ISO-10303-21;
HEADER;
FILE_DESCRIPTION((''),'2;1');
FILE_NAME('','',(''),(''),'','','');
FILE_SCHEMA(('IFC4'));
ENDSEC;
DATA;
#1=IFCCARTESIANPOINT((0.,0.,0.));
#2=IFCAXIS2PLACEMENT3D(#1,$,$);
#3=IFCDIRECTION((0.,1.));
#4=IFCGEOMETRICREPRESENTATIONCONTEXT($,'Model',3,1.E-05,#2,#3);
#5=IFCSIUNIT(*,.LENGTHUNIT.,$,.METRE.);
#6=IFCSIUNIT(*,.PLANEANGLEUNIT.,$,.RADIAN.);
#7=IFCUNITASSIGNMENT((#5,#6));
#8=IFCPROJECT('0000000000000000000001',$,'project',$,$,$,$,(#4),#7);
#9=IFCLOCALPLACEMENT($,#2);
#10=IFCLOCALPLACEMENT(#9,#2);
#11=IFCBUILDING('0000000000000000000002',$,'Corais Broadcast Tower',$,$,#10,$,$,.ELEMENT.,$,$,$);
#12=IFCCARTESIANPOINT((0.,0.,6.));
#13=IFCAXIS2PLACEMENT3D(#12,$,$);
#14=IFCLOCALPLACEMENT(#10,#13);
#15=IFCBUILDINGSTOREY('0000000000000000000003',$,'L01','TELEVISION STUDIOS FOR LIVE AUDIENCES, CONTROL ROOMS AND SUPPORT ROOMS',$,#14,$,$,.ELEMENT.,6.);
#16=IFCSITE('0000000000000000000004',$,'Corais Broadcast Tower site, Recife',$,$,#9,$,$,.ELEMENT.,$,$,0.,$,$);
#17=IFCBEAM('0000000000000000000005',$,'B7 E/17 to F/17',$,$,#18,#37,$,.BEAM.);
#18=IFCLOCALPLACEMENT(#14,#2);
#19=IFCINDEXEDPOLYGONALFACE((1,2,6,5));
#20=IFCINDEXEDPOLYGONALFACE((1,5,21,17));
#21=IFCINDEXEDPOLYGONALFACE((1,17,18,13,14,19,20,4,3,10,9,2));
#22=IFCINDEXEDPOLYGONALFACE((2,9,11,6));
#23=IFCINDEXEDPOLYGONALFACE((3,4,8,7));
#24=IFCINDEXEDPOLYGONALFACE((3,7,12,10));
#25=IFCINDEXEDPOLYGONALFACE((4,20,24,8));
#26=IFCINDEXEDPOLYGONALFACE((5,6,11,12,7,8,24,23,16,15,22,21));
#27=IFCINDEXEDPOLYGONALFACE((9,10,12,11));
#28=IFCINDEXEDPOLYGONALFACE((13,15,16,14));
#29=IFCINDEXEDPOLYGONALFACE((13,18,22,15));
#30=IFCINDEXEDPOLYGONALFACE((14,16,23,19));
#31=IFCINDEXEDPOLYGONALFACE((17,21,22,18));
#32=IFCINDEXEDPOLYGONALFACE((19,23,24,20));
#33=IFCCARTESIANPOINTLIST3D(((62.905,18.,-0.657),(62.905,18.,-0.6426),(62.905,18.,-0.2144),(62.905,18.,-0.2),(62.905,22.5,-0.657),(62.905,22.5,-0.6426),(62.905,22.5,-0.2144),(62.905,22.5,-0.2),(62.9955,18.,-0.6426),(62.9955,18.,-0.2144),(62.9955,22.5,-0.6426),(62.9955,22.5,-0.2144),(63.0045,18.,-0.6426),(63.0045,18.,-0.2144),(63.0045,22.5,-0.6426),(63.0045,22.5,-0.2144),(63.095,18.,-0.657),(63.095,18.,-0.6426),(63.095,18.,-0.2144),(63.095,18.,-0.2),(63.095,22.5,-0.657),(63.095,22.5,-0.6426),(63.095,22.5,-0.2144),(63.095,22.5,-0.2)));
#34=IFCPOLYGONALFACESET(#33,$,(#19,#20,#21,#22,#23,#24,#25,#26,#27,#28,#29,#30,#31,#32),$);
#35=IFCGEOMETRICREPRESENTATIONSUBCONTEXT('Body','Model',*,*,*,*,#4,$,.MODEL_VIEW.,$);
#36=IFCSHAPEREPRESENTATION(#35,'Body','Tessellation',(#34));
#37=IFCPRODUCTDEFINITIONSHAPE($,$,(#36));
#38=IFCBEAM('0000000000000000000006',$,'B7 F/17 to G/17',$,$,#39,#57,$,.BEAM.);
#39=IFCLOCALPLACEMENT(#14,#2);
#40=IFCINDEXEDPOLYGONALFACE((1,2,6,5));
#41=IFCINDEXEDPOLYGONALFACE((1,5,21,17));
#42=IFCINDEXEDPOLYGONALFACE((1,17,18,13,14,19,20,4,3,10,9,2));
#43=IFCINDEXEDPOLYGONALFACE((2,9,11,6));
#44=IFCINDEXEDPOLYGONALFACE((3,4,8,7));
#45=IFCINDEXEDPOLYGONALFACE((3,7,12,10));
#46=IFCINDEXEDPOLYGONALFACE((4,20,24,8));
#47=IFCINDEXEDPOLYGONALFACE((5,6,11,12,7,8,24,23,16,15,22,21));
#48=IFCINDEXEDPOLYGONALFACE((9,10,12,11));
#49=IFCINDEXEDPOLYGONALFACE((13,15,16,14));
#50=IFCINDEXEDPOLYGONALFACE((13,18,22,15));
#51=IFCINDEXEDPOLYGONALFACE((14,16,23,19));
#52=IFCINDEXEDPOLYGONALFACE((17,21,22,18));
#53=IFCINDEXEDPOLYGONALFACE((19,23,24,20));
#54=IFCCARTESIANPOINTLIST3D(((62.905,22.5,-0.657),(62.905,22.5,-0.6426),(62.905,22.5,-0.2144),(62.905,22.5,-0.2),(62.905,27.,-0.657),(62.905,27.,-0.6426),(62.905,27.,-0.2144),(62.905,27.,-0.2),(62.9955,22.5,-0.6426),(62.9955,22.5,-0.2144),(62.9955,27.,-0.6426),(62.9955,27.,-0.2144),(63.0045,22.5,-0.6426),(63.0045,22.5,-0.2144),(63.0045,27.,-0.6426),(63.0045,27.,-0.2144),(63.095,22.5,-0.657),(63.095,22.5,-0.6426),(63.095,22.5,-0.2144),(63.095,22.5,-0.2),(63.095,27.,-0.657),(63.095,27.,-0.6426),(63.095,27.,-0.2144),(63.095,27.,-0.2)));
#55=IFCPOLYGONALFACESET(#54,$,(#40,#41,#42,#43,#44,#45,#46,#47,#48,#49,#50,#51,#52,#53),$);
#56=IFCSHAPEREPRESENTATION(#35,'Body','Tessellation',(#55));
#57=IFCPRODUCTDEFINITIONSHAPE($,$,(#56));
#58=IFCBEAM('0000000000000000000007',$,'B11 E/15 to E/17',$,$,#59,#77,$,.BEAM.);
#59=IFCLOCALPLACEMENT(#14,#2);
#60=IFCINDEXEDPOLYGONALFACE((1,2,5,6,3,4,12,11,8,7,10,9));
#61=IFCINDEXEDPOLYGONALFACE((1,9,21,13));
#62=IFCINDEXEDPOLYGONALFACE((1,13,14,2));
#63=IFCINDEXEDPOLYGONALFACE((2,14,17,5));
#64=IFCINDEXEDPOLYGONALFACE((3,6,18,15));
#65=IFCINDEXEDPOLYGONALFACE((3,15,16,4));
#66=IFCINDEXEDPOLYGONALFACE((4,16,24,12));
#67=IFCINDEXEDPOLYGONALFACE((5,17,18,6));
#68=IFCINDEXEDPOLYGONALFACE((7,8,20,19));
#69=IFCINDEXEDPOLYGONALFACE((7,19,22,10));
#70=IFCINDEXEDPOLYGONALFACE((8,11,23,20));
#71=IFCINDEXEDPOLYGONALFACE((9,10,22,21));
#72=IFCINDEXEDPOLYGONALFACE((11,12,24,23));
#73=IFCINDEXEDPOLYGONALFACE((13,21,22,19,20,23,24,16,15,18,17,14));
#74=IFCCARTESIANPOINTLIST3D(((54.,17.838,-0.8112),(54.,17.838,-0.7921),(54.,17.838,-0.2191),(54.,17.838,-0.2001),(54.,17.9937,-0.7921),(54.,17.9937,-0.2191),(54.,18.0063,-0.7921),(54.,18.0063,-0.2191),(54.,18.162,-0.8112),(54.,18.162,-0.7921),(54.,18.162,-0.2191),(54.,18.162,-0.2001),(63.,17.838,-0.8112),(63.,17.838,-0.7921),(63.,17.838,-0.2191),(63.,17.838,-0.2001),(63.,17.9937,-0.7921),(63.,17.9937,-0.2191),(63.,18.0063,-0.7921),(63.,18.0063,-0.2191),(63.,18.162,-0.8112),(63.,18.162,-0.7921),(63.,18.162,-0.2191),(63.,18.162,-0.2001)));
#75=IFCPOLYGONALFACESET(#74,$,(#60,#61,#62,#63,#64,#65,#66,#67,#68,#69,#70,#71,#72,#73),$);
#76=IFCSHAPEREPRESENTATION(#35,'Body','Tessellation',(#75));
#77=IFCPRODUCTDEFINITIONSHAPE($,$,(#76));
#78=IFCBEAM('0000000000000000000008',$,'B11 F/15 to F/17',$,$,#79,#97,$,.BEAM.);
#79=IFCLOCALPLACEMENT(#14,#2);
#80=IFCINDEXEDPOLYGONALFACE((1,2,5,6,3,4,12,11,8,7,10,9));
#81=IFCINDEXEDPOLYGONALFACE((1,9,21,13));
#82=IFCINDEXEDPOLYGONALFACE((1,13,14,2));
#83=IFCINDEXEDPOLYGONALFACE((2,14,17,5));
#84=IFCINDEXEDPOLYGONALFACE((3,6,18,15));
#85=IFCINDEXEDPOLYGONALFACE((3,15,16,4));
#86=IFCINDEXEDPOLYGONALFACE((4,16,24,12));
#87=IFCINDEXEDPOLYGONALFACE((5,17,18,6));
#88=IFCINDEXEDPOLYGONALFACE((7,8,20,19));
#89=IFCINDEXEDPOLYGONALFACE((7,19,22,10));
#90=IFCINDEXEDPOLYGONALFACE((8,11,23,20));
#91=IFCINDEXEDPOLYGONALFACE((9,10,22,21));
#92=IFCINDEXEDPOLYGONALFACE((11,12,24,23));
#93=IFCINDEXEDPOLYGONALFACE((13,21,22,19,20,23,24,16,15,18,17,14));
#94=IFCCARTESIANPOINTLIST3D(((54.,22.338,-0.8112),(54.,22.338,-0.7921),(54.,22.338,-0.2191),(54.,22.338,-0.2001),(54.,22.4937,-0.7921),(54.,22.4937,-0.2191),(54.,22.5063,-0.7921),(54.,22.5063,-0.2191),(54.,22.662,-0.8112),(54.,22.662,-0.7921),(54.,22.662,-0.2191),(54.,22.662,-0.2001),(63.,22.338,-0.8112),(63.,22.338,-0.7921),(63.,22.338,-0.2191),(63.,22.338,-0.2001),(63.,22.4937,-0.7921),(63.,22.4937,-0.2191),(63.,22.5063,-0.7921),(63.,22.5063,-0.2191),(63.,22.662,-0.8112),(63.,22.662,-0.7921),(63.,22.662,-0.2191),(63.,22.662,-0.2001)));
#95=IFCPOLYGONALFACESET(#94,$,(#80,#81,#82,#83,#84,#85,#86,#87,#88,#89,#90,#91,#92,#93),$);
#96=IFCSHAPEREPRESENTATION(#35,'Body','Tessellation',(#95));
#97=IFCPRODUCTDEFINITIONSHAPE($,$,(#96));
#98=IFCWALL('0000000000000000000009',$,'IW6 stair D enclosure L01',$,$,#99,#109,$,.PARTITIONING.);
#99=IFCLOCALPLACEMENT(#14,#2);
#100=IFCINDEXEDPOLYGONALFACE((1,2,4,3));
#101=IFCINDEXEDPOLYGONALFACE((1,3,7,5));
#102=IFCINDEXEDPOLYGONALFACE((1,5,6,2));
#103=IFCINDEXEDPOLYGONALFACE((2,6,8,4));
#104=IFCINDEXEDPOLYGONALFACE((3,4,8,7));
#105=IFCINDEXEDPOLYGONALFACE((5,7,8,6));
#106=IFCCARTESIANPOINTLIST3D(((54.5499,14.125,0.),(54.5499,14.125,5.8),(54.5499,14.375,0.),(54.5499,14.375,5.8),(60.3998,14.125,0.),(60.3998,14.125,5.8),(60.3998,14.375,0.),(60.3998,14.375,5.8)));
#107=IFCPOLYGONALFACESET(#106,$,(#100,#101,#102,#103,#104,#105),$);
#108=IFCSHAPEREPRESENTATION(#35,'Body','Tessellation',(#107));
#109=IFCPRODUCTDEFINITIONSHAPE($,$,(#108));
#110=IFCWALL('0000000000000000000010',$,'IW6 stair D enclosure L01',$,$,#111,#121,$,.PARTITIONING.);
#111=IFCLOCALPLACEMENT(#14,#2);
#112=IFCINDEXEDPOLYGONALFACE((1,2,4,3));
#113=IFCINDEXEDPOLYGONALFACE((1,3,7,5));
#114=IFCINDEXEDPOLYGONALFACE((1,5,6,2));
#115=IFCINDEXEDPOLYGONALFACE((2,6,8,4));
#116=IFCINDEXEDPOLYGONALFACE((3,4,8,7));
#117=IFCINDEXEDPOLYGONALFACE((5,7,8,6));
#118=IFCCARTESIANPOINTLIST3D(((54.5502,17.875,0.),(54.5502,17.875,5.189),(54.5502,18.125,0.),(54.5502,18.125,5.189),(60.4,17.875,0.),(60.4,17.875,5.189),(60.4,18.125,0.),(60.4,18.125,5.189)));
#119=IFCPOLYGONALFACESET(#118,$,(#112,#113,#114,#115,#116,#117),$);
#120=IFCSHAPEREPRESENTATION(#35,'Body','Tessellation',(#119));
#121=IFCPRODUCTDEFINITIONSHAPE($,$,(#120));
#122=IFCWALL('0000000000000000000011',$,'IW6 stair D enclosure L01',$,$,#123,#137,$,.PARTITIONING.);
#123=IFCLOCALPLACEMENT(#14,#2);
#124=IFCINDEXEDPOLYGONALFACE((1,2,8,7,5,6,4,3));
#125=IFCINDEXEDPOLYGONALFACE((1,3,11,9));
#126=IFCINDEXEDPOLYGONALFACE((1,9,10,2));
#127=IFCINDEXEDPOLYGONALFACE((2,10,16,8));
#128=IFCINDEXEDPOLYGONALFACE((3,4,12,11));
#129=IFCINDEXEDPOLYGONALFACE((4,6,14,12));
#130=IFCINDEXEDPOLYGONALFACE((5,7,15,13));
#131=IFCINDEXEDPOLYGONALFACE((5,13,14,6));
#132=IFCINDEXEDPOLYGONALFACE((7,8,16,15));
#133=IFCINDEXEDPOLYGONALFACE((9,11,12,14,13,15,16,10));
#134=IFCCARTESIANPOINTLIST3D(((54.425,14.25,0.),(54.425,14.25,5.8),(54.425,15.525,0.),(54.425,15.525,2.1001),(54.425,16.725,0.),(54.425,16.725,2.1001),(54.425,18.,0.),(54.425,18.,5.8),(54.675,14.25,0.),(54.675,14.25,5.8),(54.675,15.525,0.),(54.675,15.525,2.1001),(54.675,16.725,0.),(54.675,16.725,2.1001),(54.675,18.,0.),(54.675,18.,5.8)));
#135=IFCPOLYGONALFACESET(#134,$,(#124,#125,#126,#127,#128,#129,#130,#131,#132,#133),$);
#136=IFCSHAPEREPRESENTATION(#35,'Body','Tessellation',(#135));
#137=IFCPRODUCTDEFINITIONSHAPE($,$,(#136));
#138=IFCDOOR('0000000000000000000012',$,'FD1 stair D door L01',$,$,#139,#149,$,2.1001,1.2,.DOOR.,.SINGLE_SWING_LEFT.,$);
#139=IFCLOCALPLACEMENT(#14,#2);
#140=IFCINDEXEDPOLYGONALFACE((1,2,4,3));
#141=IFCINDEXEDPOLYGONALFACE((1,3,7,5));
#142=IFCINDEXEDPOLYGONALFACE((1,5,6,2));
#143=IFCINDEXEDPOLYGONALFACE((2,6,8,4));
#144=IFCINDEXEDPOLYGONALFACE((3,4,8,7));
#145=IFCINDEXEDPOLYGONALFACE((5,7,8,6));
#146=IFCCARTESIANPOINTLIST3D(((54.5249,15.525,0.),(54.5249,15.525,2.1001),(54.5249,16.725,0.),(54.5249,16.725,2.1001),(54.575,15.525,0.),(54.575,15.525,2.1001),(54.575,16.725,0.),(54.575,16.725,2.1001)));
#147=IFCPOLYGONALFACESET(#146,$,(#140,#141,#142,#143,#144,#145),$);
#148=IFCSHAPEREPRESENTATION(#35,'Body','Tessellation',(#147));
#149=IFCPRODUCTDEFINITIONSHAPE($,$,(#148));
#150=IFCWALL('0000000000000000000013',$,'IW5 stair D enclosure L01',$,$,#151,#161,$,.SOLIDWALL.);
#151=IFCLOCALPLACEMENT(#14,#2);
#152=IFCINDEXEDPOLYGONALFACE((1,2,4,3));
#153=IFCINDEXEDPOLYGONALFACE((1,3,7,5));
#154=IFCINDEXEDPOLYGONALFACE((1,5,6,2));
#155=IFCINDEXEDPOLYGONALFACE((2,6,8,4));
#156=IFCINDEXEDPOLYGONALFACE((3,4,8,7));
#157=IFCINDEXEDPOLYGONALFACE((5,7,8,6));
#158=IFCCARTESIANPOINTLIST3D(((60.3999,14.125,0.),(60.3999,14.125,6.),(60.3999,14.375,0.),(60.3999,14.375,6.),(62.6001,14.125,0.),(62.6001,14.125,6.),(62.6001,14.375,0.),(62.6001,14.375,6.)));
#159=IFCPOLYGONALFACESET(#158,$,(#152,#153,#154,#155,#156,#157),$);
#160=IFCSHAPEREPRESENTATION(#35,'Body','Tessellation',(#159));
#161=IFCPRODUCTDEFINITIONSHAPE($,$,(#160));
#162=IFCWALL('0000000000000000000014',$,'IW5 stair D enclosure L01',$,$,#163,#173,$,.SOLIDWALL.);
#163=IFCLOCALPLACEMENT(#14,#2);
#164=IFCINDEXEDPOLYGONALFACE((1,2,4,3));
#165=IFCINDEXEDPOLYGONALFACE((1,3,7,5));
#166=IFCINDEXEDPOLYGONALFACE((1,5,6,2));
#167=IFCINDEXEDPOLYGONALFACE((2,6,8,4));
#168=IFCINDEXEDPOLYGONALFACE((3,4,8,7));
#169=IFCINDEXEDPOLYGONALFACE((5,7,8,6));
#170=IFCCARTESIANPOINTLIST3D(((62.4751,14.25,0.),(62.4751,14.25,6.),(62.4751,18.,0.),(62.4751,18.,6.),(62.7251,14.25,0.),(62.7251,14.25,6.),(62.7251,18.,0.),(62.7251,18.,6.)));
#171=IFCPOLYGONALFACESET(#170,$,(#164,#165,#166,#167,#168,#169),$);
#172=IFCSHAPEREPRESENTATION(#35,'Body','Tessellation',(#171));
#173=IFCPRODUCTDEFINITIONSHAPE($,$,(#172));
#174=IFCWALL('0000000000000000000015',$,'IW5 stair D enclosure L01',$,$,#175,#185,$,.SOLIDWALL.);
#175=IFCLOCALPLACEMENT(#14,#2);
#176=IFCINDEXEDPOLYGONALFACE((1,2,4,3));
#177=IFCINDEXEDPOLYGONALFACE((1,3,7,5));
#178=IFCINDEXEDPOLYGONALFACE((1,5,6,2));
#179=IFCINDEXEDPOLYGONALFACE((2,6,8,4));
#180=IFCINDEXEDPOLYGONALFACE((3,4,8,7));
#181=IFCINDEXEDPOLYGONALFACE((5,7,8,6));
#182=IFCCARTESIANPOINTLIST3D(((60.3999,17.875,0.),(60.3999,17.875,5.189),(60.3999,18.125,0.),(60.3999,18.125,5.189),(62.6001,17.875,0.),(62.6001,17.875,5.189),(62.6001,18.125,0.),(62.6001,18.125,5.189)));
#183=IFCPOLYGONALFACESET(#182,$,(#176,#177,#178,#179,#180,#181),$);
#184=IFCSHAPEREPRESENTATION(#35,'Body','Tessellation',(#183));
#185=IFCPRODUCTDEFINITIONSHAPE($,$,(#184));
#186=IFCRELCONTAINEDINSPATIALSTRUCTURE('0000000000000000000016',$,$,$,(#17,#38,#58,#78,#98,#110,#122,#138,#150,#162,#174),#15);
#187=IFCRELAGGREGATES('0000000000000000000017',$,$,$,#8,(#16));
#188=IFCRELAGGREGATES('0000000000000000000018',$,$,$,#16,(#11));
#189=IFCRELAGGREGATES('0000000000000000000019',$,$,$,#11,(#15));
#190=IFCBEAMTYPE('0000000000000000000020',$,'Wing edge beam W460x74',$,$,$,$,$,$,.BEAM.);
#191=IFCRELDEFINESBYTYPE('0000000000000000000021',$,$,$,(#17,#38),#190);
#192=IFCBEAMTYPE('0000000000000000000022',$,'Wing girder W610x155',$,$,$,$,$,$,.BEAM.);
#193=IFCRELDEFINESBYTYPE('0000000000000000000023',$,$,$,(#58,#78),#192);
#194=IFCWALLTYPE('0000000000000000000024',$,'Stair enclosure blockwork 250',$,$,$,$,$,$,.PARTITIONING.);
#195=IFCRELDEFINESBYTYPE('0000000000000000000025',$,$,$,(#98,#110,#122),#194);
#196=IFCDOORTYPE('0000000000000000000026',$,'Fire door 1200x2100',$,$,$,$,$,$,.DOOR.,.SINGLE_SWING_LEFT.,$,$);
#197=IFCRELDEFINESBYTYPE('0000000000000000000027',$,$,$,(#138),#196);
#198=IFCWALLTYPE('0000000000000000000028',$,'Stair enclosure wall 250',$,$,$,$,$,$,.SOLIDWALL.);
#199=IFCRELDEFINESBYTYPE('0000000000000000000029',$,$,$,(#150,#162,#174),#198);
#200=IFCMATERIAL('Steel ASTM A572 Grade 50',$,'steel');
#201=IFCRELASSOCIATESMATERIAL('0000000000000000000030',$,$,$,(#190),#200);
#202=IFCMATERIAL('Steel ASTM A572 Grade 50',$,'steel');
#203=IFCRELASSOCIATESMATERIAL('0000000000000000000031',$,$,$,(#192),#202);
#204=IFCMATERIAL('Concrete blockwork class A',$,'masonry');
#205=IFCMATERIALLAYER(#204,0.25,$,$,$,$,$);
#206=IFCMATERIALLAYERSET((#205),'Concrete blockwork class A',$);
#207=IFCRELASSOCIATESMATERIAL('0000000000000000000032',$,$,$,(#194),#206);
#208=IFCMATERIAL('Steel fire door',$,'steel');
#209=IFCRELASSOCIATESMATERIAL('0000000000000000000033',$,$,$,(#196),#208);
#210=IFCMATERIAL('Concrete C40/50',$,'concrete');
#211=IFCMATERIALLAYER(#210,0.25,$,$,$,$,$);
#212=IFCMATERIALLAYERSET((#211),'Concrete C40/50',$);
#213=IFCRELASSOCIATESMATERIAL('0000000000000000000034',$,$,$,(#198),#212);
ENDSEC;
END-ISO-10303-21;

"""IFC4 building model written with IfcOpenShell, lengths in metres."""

from ifc_helpers import new_model, si_unit, direction, frame, frame_2d, origin, origin_2d, place, context, subcontext, project, spatial, rectangle, i_section, extrude, material, layer, layer_set, material_profile, profile_set, type_object, element, fill, save


model = new_model("IFC4")

# Units and contexts
model_context = context("Model", 3, precision=1e-05, world=origin(), true_north=direction((0.0, 1.0)))
body_context = subcontext(model_context, "Body", "Model", "MODEL_VIEW")
ifc_project = project(units=[si_unit("LENGTHUNIT", "METRE"), si_unit("PLANEANGLEUNIT", "RADIAN")], contexts=[model_context])

# Site, building, storey
site_placement = place(None, origin())
site = spatial("IfcSite", under=ifc_project, at=site_placement, Name="Corais Broadcast Tower site, Recife", CompositionType="ELEMENT", RefElevation=0.0)
building_placement = place(site_placement, origin())
building = spatial("IfcBuilding", under=site, at=building_placement, Name="Corais Broadcast Tower", CompositionType="ELEMENT")
storey_placement = place(building_placement, frame((0.0, 0.0, 6.0)))
storey = spatial("IfcBuildingStorey", under=building, at=storey_placement, Name="L01", Description="TELEVISION STUDIOS FOR LIVE AUDIENCES, CONTROL ROOMS AND SUPPORT ROOMS", CompositionType="ELEMENT", Elevation=6.0)

# Beams
ifc_material_1 = material(Name="Steel ASTM A572 Grade 50", Category="steel")
ifc_material_profile_1 = material_profile(ifc_material_1, i_section(OverallWidth=0.1899, OverallDepth=0.457, WebThickness=0.009, FlangeThickness=0.0144, at=origin_2d()), Name="W460x74")
ifc_profile_set_1 = profile_set([ifc_material_profile_1], Name="Steel ASTM A572 Grade 50")
beam_type_1 = type_object("IfcBeamType", Name="Wing edge beam W460x74", PredefinedType="BEAM", material=ifc_profile_set_1)
for number, where, z_axis, x_axis, name in (
    (1, (63.0, 18.0, -0.4285), (0.0, 1.0, 0.0), (-1.0, 0.0, 0.0), "B7 E/17 to F/17"),
    (2, (63.0, 22.5, -0.4285), (0.0, 1.0, 0.0), (-1.0, 0.0, 0.0), "B7 F/17 to G/17"),
):
    element("IfcBeam", number, at=place(storey_placement, frame(where, z_axis=z_axis, x_axis=x_axis)), inside=storey, type_object=beam_type_1, Name=name, PredefinedType="BEAM", context=body_context, shape_type="SweptSolid", body=[
        extrude(i_section(OverallWidth=0.1899, OverallDepth=0.457, WebThickness=0.009, FlangeThickness=0.0144, at=origin_2d()), origin(), (0.0, 0.0, 1.0), 4.5),
    ])
ifc_material_2 = material(Name="Steel ASTM A572 Grade 50", Category="steel")
ifc_material_profile_2 = material_profile(ifc_material_2, i_section(OverallWidth=0.324, OverallDepth=0.6111, WebThickness=0.0127, FlangeThickness=0.019, at=origin_2d()), Name="W610x155")
ifc_profile_set_2 = profile_set([ifc_material_profile_2], Name="Steel ASTM A572 Grade 50")
beam_type_2 = type_object("IfcBeamType", Name="Wing girder W610x155", PredefinedType="BEAM", material=ifc_profile_set_2)
for number, where, z_axis, x_axis, name in (
    (3, (54.0, 18.0, -0.5056), (1.0, 0.0, 0.0), (0.0, 1.0, 0.0), "B11 E/15 to E/17"),
    (4, (54.0, 22.5, -0.5056), (1.0, 0.0, 0.0), (0.0, 1.0, 0.0), "B11 F/15 to F/17"),
):
    element("IfcBeam", number, at=place(storey_placement, frame(where, z_axis=z_axis, x_axis=x_axis)), inside=storey, type_object=beam_type_2, Name=name, PredefinedType="BEAM", context=body_context, shape_type="SweptSolid", body=[
        extrude(i_section(OverallWidth=0.324, OverallDepth=0.6111, WebThickness=0.0127, FlangeThickness=0.019, at=origin_2d()), origin(), (0.0, 0.0, 1.0), 9.0),
    ])

# Walls
ifc_material_3 = material(Name="Concrete blockwork class A", Category="masonry")
ifc_layer_1 = layer(ifc_material_3, 0.25)
ifc_layer_set_1 = layer_set([ifc_layer_1], Name="Concrete blockwork class A")
wall_type_1 = type_object("IfcWallType", Name="Stair enclosure blockwork 250", PredefinedType="PARTITIONING", material=ifc_layer_set_1)
wall_1_placement = place(storey_placement, frame((54.55, 14.25, 0.0), z_axis=(0.0, 0.0, 1.0), x_axis=(1.0, 0.0, 0.0)))
element("IfcWall", 5, at=wall_1_placement, inside=storey, type_object=wall_type_1, Name="IW6 stair D enclosure L01", PredefinedType="PARTITIONING", context=body_context, shape_type="SweptSolid", body=[
    extrude(rectangle(XDim=5.8499, YDim=0.25, at=frame_2d((2.9248, 0.0))), origin(), (0.0, 0.0, 1.0), 5.8),
])
wall_2_placement = place(storey_placement, frame((60.3999, 18.0, 0.0), z_axis=(0.0, 0.0, 1.0), x_axis=(-1.0, 0.0, 0.0)))
element("IfcWall", 6, at=wall_2_placement, inside=storey, type_object=wall_type_1, Name="IW6 stair D enclosure L01", PredefinedType="PARTITIONING", context=body_context, shape_type="SweptSolid", body=[
    extrude(rectangle(XDim=5.8499, YDim=0.25, at=frame_2d((2.9248, 0.0))), origin(), (0.0, 0.0, 1.0), 5.189),
])

# Wall, opening, door
wall_3_placement = place(storey_placement, frame((54.55, 18.0, 0.0), z_axis=(0.0, 0.0, 1.0), x_axis=(0.0, -1.0, 0.0)))
wall_3 = element("IfcWall", 7, at=wall_3_placement, inside=storey, type_object=wall_type_1, Name="IW6 stair D enclosure L01", PredefinedType="PARTITIONING", context=body_context, shape_type="SweptSolid", body=[
    extrude(rectangle(XDim=3.75, YDim=0.25, at=frame_2d((1.875, 0.0))), origin(), (0.0, 0.0, 1.0), 5.8),
])
opening_placement = place(wall_3_placement, frame((1.2749, 0.0, 0.0)))
opening = element("IfcOpeningElement", 8, at=opening_placement, cuts=wall_3, PredefinedType="OPENING", context=body_context, shape_type="SweptSolid", body=[
    extrude(rectangle(XDim=1.2, YDim=2.1001, at=frame_2d((0.6001, 1.05))), frame((0.0, 0.135, 0.0), z_axis=(0.0, -1.0, 0.0), x_axis=(1.0, 0.0, 0.0)), (0.0, 0.0, 1.0), 0.27),
])
ifc_material_4 = material(Name="Steel fire door", Category="steel")
door_type = type_object("IfcDoorType", Name="Fire door 1200x2100", OperationType="SINGLE_SWING_LEFT", PredefinedType="DOOR", material=ifc_material_4)
door_placement = place(opening_placement, origin())
door = element("IfcDoor", 9, at=door_placement, inside=storey, type_object=door_type, Name="FD1 stair D door L01", OperationType="SINGLE_SWING_LEFT", OverallHeight=2.1001, OverallWidth=1.2, PredefinedType="DOOR", context=body_context, shape_type="SweptSolid", body=[
    extrude(rectangle(XDim=1.2, YDim=2.1001, at=frame_2d((0.6001, 1.05))), frame((0.0, 0.0249, 0.0), z_axis=(0.0, -1.0, 0.0), x_axis=(1.0, 0.0, 0.0)), (0.0, 0.0, 1.0), 0.05),
])
fill(opening, door)

# Walls
ifc_material_5 = material(Name="Concrete C40/50", Category="concrete")
ifc_layer_2 = layer(ifc_material_5, 0.25)
ifc_layer_set_2 = layer_set([ifc_layer_2], Name="Concrete C40/50")
wall_type_2 = type_object("IfcWallType", Name="Stair enclosure wall 250", PredefinedType="SOLIDWALL", material=ifc_layer_set_2)
wall_4_placement = place(storey_placement, frame((60.3999, 14.25, 0.0), z_axis=(0.0, 0.0, 1.0), x_axis=(1.0, 0.0, 0.0)))
element("IfcWall", 10, at=wall_4_placement, inside=storey, type_object=wall_type_2, Name="IW5 stair D enclosure L01", PredefinedType="SOLIDWALL", context=body_context, shape_type="SweptSolid", body=[
    extrude(rectangle(XDim=2.2002, YDim=0.25, at=frame_2d((1.1001, 0.0))), origin(), (0.0, 0.0, 1.0), 6.0),
])
wall_5_placement = place(storey_placement, frame((62.6001, 14.25, 0.0), z_axis=(0.0, 0.0, 1.0), x_axis=(0.0, 1.0, 0.0)))
element("IfcWall", 11, at=wall_5_placement, inside=storey, type_object=wall_type_2, Name="IW5 stair D enclosure L01", PredefinedType="SOLIDWALL", context=body_context, shape_type="SweptSolid", body=[
    extrude(rectangle(XDim=3.75, YDim=0.25, at=frame_2d((1.875, 0.0))), origin(), (0.0, 0.0, 1.0), 6.0),
])
wall_6_placement = place(storey_placement, frame((62.6001, 18.0, 0.0), z_axis=(0.0, 0.0, 1.0), x_axis=(-1.0, 0.0, 0.0)))
element("IfcWall", 12, at=wall_6_placement, inside=storey, type_object=wall_type_2, Name="IW5 stair D enclosure L01", PredefinedType="SOLIDWALL", context=body_context, shape_type="SweptSolid", body=[
    extrude(rectangle(XDim=2.2002, YDim=0.25, at=frame_2d((1.1001, 0.0))), origin(), (0.0, 0.0, 1.0), 5.189),
])

save(model, "model.ifc")
